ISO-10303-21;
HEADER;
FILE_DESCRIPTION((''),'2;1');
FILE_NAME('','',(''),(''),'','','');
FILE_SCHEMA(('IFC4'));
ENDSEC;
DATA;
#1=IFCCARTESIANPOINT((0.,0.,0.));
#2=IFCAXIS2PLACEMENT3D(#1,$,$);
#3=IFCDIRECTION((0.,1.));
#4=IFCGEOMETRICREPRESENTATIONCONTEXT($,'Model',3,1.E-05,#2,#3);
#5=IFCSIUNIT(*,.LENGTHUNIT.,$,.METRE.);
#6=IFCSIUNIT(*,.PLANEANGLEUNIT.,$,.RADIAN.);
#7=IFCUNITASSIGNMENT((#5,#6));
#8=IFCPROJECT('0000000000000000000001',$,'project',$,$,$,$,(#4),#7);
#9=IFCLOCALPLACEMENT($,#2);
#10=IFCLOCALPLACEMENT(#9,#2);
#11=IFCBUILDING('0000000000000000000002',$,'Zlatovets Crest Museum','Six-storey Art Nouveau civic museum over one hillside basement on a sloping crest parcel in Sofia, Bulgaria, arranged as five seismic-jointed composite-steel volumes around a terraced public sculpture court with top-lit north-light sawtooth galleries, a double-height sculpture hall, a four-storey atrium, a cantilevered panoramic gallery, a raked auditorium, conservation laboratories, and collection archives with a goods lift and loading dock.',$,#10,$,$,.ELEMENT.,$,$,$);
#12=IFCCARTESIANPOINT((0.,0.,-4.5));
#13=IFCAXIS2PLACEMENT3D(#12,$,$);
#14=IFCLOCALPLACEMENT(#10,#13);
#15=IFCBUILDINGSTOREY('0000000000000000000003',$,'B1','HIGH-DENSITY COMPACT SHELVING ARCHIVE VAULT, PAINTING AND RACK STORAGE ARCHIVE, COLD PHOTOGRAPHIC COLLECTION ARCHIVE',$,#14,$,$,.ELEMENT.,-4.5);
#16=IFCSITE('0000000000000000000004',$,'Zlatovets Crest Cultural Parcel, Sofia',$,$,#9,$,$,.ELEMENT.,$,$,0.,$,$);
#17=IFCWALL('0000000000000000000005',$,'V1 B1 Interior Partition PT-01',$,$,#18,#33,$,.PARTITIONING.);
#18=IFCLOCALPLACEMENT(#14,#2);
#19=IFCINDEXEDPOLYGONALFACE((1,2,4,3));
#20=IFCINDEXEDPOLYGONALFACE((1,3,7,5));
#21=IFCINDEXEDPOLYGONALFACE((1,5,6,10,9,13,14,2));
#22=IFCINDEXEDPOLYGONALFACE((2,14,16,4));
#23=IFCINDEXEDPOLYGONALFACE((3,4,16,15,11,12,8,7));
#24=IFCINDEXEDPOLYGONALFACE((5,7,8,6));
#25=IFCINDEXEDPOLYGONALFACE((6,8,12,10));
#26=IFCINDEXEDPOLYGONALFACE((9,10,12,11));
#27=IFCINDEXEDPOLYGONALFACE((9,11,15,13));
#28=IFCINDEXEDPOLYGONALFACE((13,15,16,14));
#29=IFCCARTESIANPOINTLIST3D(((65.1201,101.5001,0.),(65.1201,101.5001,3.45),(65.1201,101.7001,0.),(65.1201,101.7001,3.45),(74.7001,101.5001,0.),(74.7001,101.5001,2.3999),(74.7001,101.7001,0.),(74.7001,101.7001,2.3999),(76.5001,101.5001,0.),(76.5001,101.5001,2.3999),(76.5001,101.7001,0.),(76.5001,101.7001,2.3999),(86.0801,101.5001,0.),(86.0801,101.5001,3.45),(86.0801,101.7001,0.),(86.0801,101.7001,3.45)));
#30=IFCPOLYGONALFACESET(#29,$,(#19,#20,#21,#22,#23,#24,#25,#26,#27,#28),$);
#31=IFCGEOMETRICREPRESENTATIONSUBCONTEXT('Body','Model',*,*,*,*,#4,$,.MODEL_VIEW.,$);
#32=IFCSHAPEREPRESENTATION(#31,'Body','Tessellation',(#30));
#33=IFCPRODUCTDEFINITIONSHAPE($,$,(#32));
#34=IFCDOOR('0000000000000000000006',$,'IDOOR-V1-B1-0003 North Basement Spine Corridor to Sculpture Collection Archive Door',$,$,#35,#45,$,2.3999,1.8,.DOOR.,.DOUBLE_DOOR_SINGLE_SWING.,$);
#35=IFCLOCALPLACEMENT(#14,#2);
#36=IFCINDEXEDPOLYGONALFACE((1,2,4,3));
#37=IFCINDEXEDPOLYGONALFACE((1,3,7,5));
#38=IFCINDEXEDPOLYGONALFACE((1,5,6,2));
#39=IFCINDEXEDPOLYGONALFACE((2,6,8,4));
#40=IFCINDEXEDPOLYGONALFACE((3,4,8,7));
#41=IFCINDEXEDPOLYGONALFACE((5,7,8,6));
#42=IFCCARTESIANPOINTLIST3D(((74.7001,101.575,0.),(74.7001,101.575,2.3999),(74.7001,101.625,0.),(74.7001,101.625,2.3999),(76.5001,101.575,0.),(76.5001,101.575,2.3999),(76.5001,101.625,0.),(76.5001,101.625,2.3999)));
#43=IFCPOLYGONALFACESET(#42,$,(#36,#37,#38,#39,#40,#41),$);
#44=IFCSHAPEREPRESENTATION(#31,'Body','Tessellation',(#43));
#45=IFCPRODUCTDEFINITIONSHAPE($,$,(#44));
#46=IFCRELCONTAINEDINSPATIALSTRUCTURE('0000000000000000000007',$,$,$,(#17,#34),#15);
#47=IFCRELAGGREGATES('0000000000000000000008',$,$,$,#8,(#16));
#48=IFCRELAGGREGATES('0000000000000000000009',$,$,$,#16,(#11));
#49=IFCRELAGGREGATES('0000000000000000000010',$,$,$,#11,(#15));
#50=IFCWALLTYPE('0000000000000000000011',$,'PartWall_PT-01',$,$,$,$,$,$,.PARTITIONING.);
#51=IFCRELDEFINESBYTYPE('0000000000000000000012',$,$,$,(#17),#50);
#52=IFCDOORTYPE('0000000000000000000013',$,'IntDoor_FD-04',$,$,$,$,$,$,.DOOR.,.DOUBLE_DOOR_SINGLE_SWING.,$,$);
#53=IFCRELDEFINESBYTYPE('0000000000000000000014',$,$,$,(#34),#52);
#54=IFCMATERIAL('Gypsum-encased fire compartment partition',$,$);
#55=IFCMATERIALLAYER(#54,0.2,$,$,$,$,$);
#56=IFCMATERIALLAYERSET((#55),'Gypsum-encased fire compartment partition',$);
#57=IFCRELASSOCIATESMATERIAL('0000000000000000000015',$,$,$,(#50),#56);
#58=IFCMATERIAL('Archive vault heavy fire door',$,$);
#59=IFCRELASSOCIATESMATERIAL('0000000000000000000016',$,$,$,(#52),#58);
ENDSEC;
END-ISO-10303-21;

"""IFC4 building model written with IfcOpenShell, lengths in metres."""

from ifc_helpers import new_model, si_unit, direction, frame, frame_2d, origin, place, context, subcontext, project, spatial, rectangle, extrude, material, layer, layer_set, type_object, element, fill, save


model = new_model("IFC4")

# Units and contexts
model_context = context("Model", 3, precision=1e-05, world=origin(), true_north=direction((0.0, 1.0)))
body_context = subcontext(model_context, "Body", "Model", "MODEL_VIEW")
ifc_project = project(units=[si_unit("LENGTHUNIT", "METRE"), si_unit("PLANEANGLEUNIT", "RADIAN")], contexts=[model_context])

# Site, building, storey
site_placement = place(None, origin())
site = spatial("IfcSite", under=ifc_project, at=site_placement, Name="Zlatovets Crest Cultural Parcel, Sofia", CompositionType="ELEMENT", RefElevation=0.0)
building_placement = place(site_placement, origin())
building = spatial("IfcBuilding", under=site, at=building_placement, Name="Zlatovets Crest Museum", Description="Six-storey Art Nouveau civic museum over one hillside basement on a sloping crest parcel in Sofia, Bulgaria, arranged as five seismic-jointed composite-steel volumes around a terraced public sculpture court with top-lit north-light sawtooth galleries, a double-height sculpture hall, a four-storey atrium, a cantilevered panoramic gallery, a raked auditorium, conservation laboratories, and collection archives with a goods lift and loading dock.", CompositionType="ELEMENT")
storey_placement = place(building_placement, frame((0.0, 0.0, -4.5)))
storey = spatial("IfcBuildingStorey", under=building, at=storey_placement, Name="B1", Description="HIGH-DENSITY COMPACT SHELVING ARCHIVE VAULT, PAINTING AND RACK STORAGE ARCHIVE, COLD PHOTOGRAPHIC COLLECTION ARCHIVE", CompositionType="ELEMENT", Elevation=-4.5)

# Wall, opening, door
ifc_material_1 = material(Name="Gypsum-encased fire compartment partition")
ifc_layer = layer(ifc_material_1, 0.2)
ifc_layer_set = layer_set([ifc_layer], Name="Gypsum-encased fire compartment partition")
wall_type = type_object("IfcWallType", Name="PartWall_PT-01", PredefinedType="PARTITIONING", material=ifc_layer_set)
wall_1_placement = place(storey_placement, frame((65.1201, 101.6001, 0.0), z_axis=(0.0, 0.0, 1.0), x_axis=(1.0, 0.0, 0.0)))
wall_1 = element("IfcWall", 1, at=wall_1_placement, inside=storey, type_object=wall_type, Name="V1 B1 Interior Partition PT-01", PredefinedType="PARTITIONING", context=body_context, shape_type="SweptSolid", body=[
    extrude(rectangle(XDim=20.96, YDim=0.2, at=frame_2d((10.48, 0.0))), origin(), (0.0, 0.0, 1.0), 3.45),
])
opening_1_placement = place(wall_1_placement, frame((9.5801, 0.0, 0.0)))
opening_1 = element("IfcOpeningElement", 2, at=opening_1_placement, cuts=wall_1, PredefinedType="OPENING", context=body_context, shape_type="SweptSolid", body=[
    extrude(rectangle(XDim=1.8, YDim=2.3999, at=frame_2d((0.8999, 1.2))), frame((0.0, 0.1099, 0.0), z_axis=(0.0, -1.0, 0.0), x_axis=(1.0, 0.0, 0.0)), (0.0, 0.0, 1.0), 0.22),
])
ifc_material_2 = material(Name="Archive vault heavy fire door")
door_type_1 = type_object("IfcDoorType", Name="IntDoor_FD-04", OperationType="DOUBLE_DOOR_SINGLE_SWING", PredefinedType="DOOR", material=ifc_material_2)
door_1_placement = place(opening_1_placement, origin())
door_1 = element("IfcDoor", 3, at=door_1_placement, inside=storey, type_object=door_type_1, Name="IDOOR-V1-B1-0003 North Basement Spine Corridor to Sculpture Collection Archive Door", OperationType="DOUBLE_DOOR_SINGLE_SWING", OverallHeight=2.3999, OverallWidth=1.8, PredefinedType="DOOR", context=body_context, shape_type="SweptSolid", body=[
    extrude(rectangle(XDim=1.8, YDim=2.3999, at=frame_2d((0.8999, 1.2))), frame((0.0, 0.0249, 0.0), z_axis=(0.0, -1.0, 0.0), x_axis=(1.0, 0.0, 0.0)), (0.0, 0.0, 1.0), 0.05),
])
fill(opening_1, door_1)

save(model, "model.ifc")
